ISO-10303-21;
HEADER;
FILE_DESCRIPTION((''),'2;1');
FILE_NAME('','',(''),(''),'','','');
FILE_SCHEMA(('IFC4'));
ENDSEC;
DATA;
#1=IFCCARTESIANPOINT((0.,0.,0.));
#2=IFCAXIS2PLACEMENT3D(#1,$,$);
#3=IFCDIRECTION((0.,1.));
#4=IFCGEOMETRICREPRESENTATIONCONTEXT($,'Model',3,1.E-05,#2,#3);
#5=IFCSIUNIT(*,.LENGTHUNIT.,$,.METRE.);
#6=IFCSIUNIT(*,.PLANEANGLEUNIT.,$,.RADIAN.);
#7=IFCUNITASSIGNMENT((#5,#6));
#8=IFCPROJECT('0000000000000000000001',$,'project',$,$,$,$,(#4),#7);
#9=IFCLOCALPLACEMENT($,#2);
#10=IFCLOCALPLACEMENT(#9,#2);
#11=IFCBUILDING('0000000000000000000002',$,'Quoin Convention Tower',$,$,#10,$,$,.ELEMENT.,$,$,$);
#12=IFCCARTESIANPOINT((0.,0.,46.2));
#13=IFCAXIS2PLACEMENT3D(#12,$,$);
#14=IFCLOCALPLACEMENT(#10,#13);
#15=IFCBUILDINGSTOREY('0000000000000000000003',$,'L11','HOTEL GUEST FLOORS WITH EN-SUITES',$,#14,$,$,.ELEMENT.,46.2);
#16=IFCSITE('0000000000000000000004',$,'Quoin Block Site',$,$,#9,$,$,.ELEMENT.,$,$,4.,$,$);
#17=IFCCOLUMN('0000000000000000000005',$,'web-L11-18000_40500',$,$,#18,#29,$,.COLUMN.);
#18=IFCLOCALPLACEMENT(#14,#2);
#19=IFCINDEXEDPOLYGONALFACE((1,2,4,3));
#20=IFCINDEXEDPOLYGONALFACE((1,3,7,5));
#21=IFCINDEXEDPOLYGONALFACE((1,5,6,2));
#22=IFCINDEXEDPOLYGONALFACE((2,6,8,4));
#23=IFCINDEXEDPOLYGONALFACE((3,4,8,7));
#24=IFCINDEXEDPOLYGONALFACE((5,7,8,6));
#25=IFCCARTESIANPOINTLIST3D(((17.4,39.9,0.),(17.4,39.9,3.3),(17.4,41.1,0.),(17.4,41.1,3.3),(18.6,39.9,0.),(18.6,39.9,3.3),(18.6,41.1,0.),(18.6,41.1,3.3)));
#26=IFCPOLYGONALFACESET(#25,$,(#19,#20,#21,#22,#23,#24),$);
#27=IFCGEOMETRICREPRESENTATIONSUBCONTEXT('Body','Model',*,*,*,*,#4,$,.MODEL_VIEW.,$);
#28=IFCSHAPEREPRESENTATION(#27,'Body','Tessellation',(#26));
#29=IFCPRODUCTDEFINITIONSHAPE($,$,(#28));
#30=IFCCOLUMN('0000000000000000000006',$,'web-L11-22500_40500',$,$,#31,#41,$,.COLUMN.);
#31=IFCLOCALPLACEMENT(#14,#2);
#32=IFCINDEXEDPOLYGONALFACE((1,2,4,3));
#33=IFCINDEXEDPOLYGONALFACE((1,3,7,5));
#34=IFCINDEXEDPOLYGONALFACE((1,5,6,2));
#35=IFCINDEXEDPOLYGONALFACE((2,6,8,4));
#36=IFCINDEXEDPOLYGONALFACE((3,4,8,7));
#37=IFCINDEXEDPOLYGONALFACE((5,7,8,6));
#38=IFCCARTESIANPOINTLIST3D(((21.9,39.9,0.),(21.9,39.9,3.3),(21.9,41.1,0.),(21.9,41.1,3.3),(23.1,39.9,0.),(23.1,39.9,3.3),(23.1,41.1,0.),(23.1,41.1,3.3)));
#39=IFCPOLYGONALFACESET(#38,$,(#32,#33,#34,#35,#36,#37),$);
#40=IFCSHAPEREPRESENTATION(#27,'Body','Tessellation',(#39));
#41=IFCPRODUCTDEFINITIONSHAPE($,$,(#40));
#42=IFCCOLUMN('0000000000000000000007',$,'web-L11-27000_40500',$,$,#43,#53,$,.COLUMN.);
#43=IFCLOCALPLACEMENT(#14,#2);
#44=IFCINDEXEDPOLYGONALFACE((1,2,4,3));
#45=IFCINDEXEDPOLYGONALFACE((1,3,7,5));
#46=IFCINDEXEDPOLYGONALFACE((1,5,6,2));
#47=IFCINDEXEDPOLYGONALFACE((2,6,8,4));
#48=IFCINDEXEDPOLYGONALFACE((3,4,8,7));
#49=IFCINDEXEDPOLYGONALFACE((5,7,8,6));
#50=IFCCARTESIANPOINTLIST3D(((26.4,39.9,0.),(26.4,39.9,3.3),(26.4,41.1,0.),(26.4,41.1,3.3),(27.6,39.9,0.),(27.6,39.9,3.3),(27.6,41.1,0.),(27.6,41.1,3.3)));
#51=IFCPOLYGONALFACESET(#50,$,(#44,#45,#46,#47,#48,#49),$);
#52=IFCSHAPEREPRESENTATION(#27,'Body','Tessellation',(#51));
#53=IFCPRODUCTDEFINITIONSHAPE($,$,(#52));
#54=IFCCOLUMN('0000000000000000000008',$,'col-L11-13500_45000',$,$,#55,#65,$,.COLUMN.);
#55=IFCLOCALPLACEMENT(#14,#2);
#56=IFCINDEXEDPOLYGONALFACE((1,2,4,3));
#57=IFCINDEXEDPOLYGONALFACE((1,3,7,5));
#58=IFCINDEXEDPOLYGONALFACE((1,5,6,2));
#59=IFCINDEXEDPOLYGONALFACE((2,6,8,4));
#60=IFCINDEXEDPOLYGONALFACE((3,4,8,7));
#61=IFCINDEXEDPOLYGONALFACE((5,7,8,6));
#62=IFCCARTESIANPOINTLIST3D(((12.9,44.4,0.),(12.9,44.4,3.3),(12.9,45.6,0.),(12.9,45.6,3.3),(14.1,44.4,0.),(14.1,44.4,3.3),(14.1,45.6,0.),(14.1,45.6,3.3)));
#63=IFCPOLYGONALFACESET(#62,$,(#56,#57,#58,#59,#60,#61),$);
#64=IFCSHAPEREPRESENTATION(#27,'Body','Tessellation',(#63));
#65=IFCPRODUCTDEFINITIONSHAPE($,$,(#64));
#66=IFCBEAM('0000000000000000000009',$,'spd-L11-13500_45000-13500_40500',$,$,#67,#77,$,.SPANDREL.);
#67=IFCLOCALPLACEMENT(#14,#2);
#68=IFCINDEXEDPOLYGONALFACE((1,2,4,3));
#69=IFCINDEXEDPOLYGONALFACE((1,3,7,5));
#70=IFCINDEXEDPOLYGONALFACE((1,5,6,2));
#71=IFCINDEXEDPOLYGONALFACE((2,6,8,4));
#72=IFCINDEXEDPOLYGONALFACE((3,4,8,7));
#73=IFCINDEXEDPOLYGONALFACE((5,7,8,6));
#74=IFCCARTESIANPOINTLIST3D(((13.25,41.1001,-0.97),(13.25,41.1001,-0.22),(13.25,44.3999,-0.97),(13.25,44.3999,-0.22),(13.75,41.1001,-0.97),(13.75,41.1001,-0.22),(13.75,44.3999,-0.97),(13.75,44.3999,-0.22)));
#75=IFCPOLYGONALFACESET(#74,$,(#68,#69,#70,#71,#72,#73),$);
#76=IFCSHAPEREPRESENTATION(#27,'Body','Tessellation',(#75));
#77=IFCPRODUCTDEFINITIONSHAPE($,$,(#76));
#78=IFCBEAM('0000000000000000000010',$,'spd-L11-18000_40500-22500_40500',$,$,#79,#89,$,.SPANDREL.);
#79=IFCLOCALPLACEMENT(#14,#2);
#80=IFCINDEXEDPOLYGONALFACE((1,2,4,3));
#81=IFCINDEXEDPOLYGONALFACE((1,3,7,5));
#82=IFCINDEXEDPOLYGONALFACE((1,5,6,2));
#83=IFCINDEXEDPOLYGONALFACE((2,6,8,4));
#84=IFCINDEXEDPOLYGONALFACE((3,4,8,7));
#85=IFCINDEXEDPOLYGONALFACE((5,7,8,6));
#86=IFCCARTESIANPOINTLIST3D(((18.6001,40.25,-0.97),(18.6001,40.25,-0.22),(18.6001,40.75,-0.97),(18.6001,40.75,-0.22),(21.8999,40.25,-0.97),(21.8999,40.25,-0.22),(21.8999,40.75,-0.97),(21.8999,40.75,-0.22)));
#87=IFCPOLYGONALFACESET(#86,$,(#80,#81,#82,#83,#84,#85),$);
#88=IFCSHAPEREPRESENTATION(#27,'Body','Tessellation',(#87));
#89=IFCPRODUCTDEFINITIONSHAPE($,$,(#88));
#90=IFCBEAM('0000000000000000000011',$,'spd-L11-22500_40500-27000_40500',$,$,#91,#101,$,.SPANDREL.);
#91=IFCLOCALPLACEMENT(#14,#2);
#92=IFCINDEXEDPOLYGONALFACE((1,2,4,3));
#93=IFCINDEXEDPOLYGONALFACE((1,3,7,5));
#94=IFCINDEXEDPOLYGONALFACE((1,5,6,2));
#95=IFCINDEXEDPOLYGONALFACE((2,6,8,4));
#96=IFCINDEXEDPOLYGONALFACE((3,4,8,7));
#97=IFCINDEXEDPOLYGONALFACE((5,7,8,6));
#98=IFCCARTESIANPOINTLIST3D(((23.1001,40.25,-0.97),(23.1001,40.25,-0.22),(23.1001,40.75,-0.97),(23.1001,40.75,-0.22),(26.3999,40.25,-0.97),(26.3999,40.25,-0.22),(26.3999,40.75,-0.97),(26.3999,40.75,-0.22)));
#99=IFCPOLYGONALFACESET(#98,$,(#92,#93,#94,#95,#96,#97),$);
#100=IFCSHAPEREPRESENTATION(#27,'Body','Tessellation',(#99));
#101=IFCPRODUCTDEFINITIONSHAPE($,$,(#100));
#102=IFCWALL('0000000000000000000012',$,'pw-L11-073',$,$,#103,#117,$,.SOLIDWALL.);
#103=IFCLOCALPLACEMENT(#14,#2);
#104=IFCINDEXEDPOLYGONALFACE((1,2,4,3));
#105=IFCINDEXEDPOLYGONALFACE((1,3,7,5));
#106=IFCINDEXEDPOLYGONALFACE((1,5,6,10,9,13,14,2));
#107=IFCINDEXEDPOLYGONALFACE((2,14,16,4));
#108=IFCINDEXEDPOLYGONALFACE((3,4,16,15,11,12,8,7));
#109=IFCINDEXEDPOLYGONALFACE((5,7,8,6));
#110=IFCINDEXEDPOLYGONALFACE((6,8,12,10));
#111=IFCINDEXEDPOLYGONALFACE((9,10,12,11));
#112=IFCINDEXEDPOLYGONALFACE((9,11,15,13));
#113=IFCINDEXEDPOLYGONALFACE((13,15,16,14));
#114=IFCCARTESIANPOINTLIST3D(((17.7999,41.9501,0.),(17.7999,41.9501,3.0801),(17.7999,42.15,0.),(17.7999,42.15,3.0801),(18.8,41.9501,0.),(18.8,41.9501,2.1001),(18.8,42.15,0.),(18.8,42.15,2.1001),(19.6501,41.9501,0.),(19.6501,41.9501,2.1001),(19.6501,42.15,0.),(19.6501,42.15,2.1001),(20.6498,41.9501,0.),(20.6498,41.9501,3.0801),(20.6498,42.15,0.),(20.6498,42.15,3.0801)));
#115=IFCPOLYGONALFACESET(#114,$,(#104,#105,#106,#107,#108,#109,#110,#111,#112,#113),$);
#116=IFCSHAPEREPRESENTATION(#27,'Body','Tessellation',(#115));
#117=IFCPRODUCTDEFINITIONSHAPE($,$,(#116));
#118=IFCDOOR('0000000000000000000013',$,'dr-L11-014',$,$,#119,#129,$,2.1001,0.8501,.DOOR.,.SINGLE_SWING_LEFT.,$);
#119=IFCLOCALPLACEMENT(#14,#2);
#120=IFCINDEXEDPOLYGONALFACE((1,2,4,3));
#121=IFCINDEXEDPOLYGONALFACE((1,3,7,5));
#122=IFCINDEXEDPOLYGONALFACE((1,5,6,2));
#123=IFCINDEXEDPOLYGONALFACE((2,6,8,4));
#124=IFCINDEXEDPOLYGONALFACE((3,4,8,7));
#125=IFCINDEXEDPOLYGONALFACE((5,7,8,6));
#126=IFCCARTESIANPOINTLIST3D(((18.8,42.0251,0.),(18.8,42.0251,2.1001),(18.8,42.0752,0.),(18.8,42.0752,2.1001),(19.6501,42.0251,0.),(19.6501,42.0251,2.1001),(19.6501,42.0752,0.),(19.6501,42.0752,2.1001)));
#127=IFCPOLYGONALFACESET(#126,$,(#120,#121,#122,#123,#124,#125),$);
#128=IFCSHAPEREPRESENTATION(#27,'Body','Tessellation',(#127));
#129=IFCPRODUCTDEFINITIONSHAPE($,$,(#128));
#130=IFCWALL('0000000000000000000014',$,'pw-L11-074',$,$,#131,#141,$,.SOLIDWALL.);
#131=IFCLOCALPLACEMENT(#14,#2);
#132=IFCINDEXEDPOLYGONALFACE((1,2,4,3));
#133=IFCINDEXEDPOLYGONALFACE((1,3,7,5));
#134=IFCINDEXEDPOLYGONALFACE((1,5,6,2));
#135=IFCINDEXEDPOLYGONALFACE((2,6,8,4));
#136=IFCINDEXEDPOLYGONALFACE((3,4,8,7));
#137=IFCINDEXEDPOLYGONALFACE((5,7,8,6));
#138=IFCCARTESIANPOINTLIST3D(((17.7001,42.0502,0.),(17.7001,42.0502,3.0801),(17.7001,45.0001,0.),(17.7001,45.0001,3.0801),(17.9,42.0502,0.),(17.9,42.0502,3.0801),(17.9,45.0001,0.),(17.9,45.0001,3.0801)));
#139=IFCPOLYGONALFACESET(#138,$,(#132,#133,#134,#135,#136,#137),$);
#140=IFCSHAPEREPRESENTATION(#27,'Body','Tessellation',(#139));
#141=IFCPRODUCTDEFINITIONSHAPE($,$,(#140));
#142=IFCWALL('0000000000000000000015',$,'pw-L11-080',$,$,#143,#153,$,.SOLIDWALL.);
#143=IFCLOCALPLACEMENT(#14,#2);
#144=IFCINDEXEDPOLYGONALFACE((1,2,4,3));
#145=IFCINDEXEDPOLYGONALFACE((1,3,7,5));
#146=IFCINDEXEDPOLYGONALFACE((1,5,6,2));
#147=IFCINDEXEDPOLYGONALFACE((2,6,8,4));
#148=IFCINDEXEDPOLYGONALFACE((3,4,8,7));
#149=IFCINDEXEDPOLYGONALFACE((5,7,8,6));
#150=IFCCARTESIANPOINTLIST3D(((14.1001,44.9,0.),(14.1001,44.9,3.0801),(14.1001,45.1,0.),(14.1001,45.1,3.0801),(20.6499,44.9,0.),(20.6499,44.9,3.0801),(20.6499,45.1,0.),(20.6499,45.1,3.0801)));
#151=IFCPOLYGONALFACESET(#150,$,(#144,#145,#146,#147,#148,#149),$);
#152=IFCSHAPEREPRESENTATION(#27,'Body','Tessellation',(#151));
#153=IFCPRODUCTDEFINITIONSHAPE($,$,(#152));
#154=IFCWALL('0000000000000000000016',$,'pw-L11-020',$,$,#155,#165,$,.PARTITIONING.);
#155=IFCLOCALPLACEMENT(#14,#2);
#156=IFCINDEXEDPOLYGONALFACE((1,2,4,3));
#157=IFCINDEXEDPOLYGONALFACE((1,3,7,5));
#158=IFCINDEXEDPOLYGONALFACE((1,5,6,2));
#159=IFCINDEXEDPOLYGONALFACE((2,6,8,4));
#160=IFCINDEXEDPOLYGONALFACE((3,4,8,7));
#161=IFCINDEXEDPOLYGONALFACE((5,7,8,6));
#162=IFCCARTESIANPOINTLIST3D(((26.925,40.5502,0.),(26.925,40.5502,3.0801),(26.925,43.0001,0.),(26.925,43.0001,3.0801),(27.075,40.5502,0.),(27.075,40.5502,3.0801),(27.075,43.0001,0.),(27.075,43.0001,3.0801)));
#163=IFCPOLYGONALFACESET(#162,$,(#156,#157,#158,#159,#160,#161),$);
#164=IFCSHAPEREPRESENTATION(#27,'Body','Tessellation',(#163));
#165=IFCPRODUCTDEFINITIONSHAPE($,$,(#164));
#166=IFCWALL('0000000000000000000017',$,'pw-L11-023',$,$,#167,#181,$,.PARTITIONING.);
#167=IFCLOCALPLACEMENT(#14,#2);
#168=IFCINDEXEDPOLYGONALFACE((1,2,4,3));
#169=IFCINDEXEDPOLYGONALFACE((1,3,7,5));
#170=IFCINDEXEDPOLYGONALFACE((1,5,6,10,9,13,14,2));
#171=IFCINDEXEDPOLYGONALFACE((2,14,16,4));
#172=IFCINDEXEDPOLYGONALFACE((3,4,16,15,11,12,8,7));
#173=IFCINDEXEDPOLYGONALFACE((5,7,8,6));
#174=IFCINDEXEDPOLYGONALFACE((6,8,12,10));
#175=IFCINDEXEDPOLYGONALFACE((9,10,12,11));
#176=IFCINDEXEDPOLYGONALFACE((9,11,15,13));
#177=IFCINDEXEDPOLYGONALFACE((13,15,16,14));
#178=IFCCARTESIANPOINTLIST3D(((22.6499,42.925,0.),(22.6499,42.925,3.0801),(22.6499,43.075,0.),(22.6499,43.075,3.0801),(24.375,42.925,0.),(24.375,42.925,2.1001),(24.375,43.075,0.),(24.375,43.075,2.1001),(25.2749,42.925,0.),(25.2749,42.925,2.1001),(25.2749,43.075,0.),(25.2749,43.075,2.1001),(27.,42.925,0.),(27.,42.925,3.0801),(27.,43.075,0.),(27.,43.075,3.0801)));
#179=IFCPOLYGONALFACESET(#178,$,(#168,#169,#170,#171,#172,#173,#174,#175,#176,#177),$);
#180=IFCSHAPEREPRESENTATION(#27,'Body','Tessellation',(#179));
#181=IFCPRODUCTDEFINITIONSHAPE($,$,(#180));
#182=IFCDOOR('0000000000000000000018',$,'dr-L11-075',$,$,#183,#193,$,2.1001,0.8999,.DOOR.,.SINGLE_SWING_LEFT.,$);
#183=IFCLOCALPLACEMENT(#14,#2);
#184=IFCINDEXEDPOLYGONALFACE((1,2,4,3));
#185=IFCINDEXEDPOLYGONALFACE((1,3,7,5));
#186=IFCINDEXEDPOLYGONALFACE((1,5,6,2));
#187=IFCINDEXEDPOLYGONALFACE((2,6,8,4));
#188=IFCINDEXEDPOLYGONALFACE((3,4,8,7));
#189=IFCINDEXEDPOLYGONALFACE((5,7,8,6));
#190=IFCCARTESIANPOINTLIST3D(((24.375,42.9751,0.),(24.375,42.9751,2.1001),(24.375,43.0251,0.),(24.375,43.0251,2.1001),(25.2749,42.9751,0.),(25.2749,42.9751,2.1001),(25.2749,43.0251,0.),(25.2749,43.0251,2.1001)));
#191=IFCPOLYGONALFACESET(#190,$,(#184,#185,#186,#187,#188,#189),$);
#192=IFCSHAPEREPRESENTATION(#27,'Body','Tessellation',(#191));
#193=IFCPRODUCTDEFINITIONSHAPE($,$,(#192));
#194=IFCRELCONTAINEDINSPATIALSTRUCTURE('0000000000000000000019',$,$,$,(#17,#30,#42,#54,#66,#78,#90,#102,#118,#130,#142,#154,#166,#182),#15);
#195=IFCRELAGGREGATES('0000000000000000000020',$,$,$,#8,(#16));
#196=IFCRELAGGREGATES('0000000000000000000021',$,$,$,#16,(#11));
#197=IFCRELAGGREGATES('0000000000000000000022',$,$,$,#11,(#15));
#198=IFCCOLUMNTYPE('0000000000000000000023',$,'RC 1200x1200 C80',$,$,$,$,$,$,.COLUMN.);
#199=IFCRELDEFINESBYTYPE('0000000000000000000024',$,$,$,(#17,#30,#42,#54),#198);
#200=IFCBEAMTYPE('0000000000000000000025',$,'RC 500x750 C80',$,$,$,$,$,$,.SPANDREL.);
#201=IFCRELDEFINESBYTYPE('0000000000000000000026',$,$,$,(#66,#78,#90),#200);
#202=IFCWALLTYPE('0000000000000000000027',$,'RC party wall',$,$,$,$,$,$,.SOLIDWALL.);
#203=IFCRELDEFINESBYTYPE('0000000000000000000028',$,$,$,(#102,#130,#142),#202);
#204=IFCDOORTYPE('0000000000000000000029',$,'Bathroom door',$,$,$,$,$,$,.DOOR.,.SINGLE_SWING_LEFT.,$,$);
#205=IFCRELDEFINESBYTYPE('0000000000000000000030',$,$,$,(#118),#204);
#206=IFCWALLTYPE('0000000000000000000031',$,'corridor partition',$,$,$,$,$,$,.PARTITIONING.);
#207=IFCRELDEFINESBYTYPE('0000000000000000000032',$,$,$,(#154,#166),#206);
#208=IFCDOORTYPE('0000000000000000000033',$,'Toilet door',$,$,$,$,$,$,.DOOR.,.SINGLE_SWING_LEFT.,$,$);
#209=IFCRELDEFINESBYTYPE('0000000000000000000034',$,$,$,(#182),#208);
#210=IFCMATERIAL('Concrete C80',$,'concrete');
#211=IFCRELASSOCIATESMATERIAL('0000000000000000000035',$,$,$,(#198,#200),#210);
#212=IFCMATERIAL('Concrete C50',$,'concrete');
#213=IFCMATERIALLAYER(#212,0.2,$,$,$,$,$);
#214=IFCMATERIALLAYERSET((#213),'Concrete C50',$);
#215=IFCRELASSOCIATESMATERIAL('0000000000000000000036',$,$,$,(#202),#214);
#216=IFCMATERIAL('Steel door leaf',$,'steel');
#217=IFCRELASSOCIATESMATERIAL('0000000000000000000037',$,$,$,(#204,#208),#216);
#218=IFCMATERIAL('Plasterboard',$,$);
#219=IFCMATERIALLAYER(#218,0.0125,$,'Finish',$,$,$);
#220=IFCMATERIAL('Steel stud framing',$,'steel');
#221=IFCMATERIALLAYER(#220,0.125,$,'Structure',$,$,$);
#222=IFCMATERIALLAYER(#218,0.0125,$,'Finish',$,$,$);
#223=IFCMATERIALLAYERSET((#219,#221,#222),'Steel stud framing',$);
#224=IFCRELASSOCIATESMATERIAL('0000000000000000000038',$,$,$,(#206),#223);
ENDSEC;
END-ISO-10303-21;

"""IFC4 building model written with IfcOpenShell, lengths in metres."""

from ifc_helpers import new_model, si_unit, direction, frame, frame_2d, origin, origin_2d, place, context, subcontext, project, spatial, rectangle, extrude, material, layer, layer_set, material_profile, profile_set, type_object, element, fill, save


model = new_model("IFC4")

# Units and contexts
model_context = context("Model", 3, precision=1e-05, world=origin(), true_north=direction((0.0, 1.0)))
body_context = subcontext(model_context, "Body", "Model", "MODEL_VIEW")
ifc_project = project(units=[si_unit("LENGTHUNIT", "METRE"), si_unit("PLANEANGLEUNIT", "RADIAN")], contexts=[model_context])

# Site, building, storey
site_placement = place(None, origin())
site = spatial("IfcSite", under=ifc_project, at=site_placement, Name="Quoin Block Site", CompositionType="ELEMENT", RefElevation=4.0)
building_placement = place(site_placement, origin())
building = spatial("IfcBuilding", under=site, at=building_placement, Name="Quoin Convention Tower", CompositionType="ELEMENT")
storey_placement = place(building_placement, frame((0.0, 0.0, 46.2)))
storey = spatial("IfcBuildingStorey", under=building, at=storey_placement, Name="L11", Description="HOTEL GUEST FLOORS WITH EN-SUITES", CompositionType="ELEMENT", Elevation=46.2)

# Columns
ifc_material_1 = material(Name="Concrete C80", Category="concrete")
ifc_material_profile_1 = material_profile(ifc_material_1, rectangle(XDim=1.2, YDim=1.2, at=origin_2d()), Name="RC 1200x1200")
ifc_profile_set_1 = profile_set([ifc_material_profile_1], Name="Concrete C80")
column_type = type_object("IfcColumnType", Name="RC 1200x1200 C80", PredefinedType="COLUMN", material=ifc_profile_set_1)
for number, where, z_axis, x_axis, name in (
    (1, (18.0, 40.5, 0.0), (0.0, 0.0, 1.0), (1.0, 0.0, 0.0), "web-L11-18000_40500"),
    (2, (22.5, 40.5, 0.0), (0.0, 0.0, 1.0), (1.0, 0.0, 0.0), "web-L11-22500_40500"),
    (3, (27.0, 40.5, 0.0), (0.0, 0.0, 1.0), (1.0, 0.0, 0.0), "web-L11-27000_40500"),
    (4, (13.5, 45.0, 0.0), (0.0, 0.0, 1.0), (1.0, 0.0, 0.0), "col-L11-13500_45000"),
):
    element("IfcColumn", number, at=place(storey_placement, frame(where, z_axis=z_axis, x_axis=x_axis)), inside=storey, type_object=column_type, Name=name, PredefinedType="COLUMN", context=body_context, shape_type="SweptSolid", body=[
        extrude(rectangle(XDim=1.2, YDim=1.2, at=origin_2d()), origin(), (0.0, 0.0, 1.0), 3.3),
    ])

# Beams
ifc_material_profile_2 = material_profile(ifc_material_1, rectangle(XDim=0.5, YDim=0.75, at=origin_2d()), Name="RC 500x750")
ifc_profile_set_2 = profile_set([ifc_material_profile_2], Name="Concrete C80")
beam_type = type_object("IfcBeamType", Name="RC 500x750 C80", PredefinedType="SPANDREL", material=ifc_profile_set_2)
for number, where, z_axis, x_axis, name in (
    (5, (13.5, 44.3999, -0.595), (0.0, -1.0, 0.0), (1.0, 0.0, 0.0), "spd-L11-13500_45000-13500_40500"),
    (6, (18.6001, 40.5, -0.595), (1.0, 0.0, 0.0), (0.0, 1.0, 0.0), "spd-L11-18000_40500-22500_40500"),
    (7, (23.1001, 40.5, -0.595), (1.0, 0.0, 0.0), (0.0, 1.0, 0.0), "spd-L11-22500_40500-27000_40500"),
):
    element("IfcBeam", number, at=place(storey_placement, frame(where, z_axis=z_axis, x_axis=x_axis)), inside=storey, type_object=beam_type, Name=name, PredefinedType="SPANDREL", context=body_context, shape_type="SweptSolid", body=[
        extrude(rectangle(XDim=0.5, YDim=0.75, at=origin_2d()), origin(), (0.0, 0.0, 1.0), 3.2998),
    ])

# Wall, opening, door
ifc_material_2 = material(Name="Concrete C50", Category="concrete")
ifc_layer_1 = layer(ifc_material_2, 0.2)
ifc_layer_set_1 = layer_set([ifc_layer_1], Name="Concrete C50")
wall_type_1 = type_object("IfcWallType", Name="RC party wall", PredefinedType="SOLIDWALL", material=ifc_layer_set_1)
wall_1_placement = place(storey_placement, frame((17.8, 42.05, 0.0), z_axis=(0.0, 0.0, 1.0), x_axis=(1.0, 0.0, 0.0)))
wall_1 = element("IfcWall", 8, at=wall_1_placement, inside=storey, type_object=wall_type_1, Name="pw-L11-073", PredefinedType="SOLIDWALL", context=body_context, shape_type="SweptSolid", body=[
    extrude(rectangle(XDim=2.8499, YDim=0.2, at=frame_2d((1.4248, 0.0))), origin(), (0.0, 0.0, 1.0), 3.0801),
])
opening_1_placement = place(wall_1_placement, frame((1.0, 0.0, 0.0)))
opening_1 = element("IfcOpeningElement", 9, at=opening_1_placement, cuts=wall_1, PredefinedType="OPENING", context=body_context, shape_type="SweptSolid", body=[
    extrude(rectangle(XDim=0.8501, YDim=2.1001, at=frame_2d((0.425, 1.05))), frame((0.0, 0.1099, 0.0), z_axis=(0.0, -1.0, 0.0), x_axis=(1.0, 0.0, 0.0)), (0.0, 0.0, 1.0), 0.22),
])
ifc_material_3 = material(Name="Steel door leaf", Category="steel")
door_type_1 = type_object("IfcDoorType", Name="Bathroom door", OperationType="SINGLE_SWING_LEFT", PredefinedType="DOOR", material=ifc_material_3)
door_1_placement = place(opening_1_placement, frame((0.8501, 0.0, 0.0), z_axis=(0.0, 0.0, 1.0), x_axis=(-1.0, 0.0, 0.0)))
door_1 = element("IfcDoor", 10, at=door_1_placement, inside=storey, type_object=door_type_1, Name="dr-L11-014", OperationType="SINGLE_SWING_LEFT", OverallHeight=2.1001, OverallWidth=0.8501, PredefinedType="DOOR", context=body_context, shape_type="SweptSolid", body=[
    extrude(rectangle(XDim=0.8501, YDim=2.1001, at=frame_2d((0.425, 1.05))), frame((0.0, 0.0249, 0.0), z_axis=(0.0, -1.0, 0.0), x_axis=(1.0, 0.0, 0.0)), (0.0, 0.0, 1.0), 0.05),
])
fill(opening_1, door_1)

# Walls
wall_2_placement = place(storey_placement, frame((17.8, 42.05, 0.0), z_axis=(0.0, 0.0, 1.0), x_axis=(0.0, 1.0, 0.0)))
element("IfcWall", 11, at=wall_2_placement, inside=storey, type_object=wall_type_1, Name="pw-L11-074", PredefinedType="SOLIDWALL", context=body_context, shape_type="SweptSolid", body=[
    extrude(rectangle(XDim=2.95, YDim=0.2, at=frame_2d((1.4751, 0.0))), origin(), (0.0, 0.0, 1.0), 3.0801),
])
wall_3_placement = place(storey_placement, frame((14.1001, 45.0, 0.0), z_axis=(0.0, 0.0, 1.0), x_axis=(1.0, 0.0, 0.0)))
element("IfcWall", 12, at=wall_3_placement, inside=storey, type_object=wall_type_1, Name="pw-L11-080", PredefinedType="SOLIDWALL", context=body_context, shape_type="SweptSolid", body=[
    extrude(rectangle(XDim=6.5498, YDim=0.2, at=frame_2d((3.2749, 0.0))), origin(), (0.0, 0.0, 1.0), 3.0801),
])
ifc_material_4 = material(Name="Plasterboard")
ifc_layer_2 = layer(ifc_material_4, 0.0125, Name="Finish")
ifc_material_5 = material(Name="Steel stud framing", Category="steel")
ifc_layer_3 = layer(ifc_material_5, 0.125, Name="Structure")
ifc_layer_4 = layer(ifc_material_4, 0.0125, Name="Finish")
ifc_layer_set_2 = layer_set([ifc_layer_2, ifc_layer_3, ifc_layer_4], Name="Steel stud framing")
wall_type_2 = type_object("IfcWallType", Name="corridor partition", PredefinedType="PARTITIONING", material=ifc_layer_set_2)
wall_4_placement = place(storey_placement, frame((27.0, 40.55, 0.0), z_axis=(0.0, 0.0, 1.0), x_axis=(0.0, 1.0, 0.0)))
element("IfcWall", 13, at=wall_4_placement, inside=storey, type_object=wall_type_2, Name="pw-L11-020", PredefinedType="PARTITIONING", context=body_context, shape_type="SweptSolid", body=[
    extrude(rectangle(XDim=2.45, YDim=0.1499, at=frame_2d((1.2251, 0.0))), origin(), (0.0, 0.0, 1.0), 3.0801),
])

# Wall, opening, door
wall_5_placement = place(storey_placement, frame((22.6499, 43.0, 0.0), z_axis=(0.0, 0.0, 1.0), x_axis=(1.0, 0.0, 0.0)))
wall_5 = element("IfcWall", 14, at=wall_5_placement, inside=storey, type_object=wall_type_2, Name="pw-L11-023", PredefinedType="PARTITIONING", context=body_context, shape_type="SweptSolid", body=[
    extrude(rectangle(XDim=4.3501, YDim=0.1499, at=frame_2d((2.175, 0.0))), origin(), (0.0, 0.0, 1.0), 3.0801),
])
opening_2_placement = place(wall_5_placement, frame((1.7251, 0.0, 0.0)))
opening_2 = element("IfcOpeningElement", 15, at=opening_2_placement, cuts=wall_5, PredefinedType="OPENING", context=body_context, shape_type="SweptSolid", body=[
    extrude(rectangle(XDim=0.8999, YDim=2.1001, at=frame_2d((0.45, 1.05))), frame((0.0, 0.085, 0.0), z_axis=(0.0, -1.0, 0.0), x_axis=(1.0, 0.0, 0.0)), (0.0, 0.0, 1.0), 0.1699),
])
door_type_2 = type_object("IfcDoorType", Name="Toilet door", OperationType="SINGLE_SWING_LEFT", PredefinedType="DOOR", material=ifc_material_3)
door_2_placement = place(opening_2_placement, frame((0.8999, 0.0, 0.0), z_axis=(0.0, 0.0, 1.0), x_axis=(-1.0, 0.0, 0.0)))
door_2 = element("IfcDoor", 16, at=door_2_placement, inside=storey, type_object=door_type_2, Name="dr-L11-075", OperationType="SINGLE_SWING_LEFT", OverallHeight=2.1001, OverallWidth=0.8999, PredefinedType="DOOR", context=body_context, shape_type="SweptSolid", body=[
    extrude(rectangle(XDim=0.8999, YDim=2.1001, at=frame_2d((0.45, 1.05))), frame((0.0, 0.0249, 0.0), z_axis=(0.0, -1.0, 0.0), x_axis=(1.0, 0.0, 0.0)), (0.0, 0.0, 1.0), 0.05),
])
fill(opening_2, door_2)

save(model, "model.ifc")
